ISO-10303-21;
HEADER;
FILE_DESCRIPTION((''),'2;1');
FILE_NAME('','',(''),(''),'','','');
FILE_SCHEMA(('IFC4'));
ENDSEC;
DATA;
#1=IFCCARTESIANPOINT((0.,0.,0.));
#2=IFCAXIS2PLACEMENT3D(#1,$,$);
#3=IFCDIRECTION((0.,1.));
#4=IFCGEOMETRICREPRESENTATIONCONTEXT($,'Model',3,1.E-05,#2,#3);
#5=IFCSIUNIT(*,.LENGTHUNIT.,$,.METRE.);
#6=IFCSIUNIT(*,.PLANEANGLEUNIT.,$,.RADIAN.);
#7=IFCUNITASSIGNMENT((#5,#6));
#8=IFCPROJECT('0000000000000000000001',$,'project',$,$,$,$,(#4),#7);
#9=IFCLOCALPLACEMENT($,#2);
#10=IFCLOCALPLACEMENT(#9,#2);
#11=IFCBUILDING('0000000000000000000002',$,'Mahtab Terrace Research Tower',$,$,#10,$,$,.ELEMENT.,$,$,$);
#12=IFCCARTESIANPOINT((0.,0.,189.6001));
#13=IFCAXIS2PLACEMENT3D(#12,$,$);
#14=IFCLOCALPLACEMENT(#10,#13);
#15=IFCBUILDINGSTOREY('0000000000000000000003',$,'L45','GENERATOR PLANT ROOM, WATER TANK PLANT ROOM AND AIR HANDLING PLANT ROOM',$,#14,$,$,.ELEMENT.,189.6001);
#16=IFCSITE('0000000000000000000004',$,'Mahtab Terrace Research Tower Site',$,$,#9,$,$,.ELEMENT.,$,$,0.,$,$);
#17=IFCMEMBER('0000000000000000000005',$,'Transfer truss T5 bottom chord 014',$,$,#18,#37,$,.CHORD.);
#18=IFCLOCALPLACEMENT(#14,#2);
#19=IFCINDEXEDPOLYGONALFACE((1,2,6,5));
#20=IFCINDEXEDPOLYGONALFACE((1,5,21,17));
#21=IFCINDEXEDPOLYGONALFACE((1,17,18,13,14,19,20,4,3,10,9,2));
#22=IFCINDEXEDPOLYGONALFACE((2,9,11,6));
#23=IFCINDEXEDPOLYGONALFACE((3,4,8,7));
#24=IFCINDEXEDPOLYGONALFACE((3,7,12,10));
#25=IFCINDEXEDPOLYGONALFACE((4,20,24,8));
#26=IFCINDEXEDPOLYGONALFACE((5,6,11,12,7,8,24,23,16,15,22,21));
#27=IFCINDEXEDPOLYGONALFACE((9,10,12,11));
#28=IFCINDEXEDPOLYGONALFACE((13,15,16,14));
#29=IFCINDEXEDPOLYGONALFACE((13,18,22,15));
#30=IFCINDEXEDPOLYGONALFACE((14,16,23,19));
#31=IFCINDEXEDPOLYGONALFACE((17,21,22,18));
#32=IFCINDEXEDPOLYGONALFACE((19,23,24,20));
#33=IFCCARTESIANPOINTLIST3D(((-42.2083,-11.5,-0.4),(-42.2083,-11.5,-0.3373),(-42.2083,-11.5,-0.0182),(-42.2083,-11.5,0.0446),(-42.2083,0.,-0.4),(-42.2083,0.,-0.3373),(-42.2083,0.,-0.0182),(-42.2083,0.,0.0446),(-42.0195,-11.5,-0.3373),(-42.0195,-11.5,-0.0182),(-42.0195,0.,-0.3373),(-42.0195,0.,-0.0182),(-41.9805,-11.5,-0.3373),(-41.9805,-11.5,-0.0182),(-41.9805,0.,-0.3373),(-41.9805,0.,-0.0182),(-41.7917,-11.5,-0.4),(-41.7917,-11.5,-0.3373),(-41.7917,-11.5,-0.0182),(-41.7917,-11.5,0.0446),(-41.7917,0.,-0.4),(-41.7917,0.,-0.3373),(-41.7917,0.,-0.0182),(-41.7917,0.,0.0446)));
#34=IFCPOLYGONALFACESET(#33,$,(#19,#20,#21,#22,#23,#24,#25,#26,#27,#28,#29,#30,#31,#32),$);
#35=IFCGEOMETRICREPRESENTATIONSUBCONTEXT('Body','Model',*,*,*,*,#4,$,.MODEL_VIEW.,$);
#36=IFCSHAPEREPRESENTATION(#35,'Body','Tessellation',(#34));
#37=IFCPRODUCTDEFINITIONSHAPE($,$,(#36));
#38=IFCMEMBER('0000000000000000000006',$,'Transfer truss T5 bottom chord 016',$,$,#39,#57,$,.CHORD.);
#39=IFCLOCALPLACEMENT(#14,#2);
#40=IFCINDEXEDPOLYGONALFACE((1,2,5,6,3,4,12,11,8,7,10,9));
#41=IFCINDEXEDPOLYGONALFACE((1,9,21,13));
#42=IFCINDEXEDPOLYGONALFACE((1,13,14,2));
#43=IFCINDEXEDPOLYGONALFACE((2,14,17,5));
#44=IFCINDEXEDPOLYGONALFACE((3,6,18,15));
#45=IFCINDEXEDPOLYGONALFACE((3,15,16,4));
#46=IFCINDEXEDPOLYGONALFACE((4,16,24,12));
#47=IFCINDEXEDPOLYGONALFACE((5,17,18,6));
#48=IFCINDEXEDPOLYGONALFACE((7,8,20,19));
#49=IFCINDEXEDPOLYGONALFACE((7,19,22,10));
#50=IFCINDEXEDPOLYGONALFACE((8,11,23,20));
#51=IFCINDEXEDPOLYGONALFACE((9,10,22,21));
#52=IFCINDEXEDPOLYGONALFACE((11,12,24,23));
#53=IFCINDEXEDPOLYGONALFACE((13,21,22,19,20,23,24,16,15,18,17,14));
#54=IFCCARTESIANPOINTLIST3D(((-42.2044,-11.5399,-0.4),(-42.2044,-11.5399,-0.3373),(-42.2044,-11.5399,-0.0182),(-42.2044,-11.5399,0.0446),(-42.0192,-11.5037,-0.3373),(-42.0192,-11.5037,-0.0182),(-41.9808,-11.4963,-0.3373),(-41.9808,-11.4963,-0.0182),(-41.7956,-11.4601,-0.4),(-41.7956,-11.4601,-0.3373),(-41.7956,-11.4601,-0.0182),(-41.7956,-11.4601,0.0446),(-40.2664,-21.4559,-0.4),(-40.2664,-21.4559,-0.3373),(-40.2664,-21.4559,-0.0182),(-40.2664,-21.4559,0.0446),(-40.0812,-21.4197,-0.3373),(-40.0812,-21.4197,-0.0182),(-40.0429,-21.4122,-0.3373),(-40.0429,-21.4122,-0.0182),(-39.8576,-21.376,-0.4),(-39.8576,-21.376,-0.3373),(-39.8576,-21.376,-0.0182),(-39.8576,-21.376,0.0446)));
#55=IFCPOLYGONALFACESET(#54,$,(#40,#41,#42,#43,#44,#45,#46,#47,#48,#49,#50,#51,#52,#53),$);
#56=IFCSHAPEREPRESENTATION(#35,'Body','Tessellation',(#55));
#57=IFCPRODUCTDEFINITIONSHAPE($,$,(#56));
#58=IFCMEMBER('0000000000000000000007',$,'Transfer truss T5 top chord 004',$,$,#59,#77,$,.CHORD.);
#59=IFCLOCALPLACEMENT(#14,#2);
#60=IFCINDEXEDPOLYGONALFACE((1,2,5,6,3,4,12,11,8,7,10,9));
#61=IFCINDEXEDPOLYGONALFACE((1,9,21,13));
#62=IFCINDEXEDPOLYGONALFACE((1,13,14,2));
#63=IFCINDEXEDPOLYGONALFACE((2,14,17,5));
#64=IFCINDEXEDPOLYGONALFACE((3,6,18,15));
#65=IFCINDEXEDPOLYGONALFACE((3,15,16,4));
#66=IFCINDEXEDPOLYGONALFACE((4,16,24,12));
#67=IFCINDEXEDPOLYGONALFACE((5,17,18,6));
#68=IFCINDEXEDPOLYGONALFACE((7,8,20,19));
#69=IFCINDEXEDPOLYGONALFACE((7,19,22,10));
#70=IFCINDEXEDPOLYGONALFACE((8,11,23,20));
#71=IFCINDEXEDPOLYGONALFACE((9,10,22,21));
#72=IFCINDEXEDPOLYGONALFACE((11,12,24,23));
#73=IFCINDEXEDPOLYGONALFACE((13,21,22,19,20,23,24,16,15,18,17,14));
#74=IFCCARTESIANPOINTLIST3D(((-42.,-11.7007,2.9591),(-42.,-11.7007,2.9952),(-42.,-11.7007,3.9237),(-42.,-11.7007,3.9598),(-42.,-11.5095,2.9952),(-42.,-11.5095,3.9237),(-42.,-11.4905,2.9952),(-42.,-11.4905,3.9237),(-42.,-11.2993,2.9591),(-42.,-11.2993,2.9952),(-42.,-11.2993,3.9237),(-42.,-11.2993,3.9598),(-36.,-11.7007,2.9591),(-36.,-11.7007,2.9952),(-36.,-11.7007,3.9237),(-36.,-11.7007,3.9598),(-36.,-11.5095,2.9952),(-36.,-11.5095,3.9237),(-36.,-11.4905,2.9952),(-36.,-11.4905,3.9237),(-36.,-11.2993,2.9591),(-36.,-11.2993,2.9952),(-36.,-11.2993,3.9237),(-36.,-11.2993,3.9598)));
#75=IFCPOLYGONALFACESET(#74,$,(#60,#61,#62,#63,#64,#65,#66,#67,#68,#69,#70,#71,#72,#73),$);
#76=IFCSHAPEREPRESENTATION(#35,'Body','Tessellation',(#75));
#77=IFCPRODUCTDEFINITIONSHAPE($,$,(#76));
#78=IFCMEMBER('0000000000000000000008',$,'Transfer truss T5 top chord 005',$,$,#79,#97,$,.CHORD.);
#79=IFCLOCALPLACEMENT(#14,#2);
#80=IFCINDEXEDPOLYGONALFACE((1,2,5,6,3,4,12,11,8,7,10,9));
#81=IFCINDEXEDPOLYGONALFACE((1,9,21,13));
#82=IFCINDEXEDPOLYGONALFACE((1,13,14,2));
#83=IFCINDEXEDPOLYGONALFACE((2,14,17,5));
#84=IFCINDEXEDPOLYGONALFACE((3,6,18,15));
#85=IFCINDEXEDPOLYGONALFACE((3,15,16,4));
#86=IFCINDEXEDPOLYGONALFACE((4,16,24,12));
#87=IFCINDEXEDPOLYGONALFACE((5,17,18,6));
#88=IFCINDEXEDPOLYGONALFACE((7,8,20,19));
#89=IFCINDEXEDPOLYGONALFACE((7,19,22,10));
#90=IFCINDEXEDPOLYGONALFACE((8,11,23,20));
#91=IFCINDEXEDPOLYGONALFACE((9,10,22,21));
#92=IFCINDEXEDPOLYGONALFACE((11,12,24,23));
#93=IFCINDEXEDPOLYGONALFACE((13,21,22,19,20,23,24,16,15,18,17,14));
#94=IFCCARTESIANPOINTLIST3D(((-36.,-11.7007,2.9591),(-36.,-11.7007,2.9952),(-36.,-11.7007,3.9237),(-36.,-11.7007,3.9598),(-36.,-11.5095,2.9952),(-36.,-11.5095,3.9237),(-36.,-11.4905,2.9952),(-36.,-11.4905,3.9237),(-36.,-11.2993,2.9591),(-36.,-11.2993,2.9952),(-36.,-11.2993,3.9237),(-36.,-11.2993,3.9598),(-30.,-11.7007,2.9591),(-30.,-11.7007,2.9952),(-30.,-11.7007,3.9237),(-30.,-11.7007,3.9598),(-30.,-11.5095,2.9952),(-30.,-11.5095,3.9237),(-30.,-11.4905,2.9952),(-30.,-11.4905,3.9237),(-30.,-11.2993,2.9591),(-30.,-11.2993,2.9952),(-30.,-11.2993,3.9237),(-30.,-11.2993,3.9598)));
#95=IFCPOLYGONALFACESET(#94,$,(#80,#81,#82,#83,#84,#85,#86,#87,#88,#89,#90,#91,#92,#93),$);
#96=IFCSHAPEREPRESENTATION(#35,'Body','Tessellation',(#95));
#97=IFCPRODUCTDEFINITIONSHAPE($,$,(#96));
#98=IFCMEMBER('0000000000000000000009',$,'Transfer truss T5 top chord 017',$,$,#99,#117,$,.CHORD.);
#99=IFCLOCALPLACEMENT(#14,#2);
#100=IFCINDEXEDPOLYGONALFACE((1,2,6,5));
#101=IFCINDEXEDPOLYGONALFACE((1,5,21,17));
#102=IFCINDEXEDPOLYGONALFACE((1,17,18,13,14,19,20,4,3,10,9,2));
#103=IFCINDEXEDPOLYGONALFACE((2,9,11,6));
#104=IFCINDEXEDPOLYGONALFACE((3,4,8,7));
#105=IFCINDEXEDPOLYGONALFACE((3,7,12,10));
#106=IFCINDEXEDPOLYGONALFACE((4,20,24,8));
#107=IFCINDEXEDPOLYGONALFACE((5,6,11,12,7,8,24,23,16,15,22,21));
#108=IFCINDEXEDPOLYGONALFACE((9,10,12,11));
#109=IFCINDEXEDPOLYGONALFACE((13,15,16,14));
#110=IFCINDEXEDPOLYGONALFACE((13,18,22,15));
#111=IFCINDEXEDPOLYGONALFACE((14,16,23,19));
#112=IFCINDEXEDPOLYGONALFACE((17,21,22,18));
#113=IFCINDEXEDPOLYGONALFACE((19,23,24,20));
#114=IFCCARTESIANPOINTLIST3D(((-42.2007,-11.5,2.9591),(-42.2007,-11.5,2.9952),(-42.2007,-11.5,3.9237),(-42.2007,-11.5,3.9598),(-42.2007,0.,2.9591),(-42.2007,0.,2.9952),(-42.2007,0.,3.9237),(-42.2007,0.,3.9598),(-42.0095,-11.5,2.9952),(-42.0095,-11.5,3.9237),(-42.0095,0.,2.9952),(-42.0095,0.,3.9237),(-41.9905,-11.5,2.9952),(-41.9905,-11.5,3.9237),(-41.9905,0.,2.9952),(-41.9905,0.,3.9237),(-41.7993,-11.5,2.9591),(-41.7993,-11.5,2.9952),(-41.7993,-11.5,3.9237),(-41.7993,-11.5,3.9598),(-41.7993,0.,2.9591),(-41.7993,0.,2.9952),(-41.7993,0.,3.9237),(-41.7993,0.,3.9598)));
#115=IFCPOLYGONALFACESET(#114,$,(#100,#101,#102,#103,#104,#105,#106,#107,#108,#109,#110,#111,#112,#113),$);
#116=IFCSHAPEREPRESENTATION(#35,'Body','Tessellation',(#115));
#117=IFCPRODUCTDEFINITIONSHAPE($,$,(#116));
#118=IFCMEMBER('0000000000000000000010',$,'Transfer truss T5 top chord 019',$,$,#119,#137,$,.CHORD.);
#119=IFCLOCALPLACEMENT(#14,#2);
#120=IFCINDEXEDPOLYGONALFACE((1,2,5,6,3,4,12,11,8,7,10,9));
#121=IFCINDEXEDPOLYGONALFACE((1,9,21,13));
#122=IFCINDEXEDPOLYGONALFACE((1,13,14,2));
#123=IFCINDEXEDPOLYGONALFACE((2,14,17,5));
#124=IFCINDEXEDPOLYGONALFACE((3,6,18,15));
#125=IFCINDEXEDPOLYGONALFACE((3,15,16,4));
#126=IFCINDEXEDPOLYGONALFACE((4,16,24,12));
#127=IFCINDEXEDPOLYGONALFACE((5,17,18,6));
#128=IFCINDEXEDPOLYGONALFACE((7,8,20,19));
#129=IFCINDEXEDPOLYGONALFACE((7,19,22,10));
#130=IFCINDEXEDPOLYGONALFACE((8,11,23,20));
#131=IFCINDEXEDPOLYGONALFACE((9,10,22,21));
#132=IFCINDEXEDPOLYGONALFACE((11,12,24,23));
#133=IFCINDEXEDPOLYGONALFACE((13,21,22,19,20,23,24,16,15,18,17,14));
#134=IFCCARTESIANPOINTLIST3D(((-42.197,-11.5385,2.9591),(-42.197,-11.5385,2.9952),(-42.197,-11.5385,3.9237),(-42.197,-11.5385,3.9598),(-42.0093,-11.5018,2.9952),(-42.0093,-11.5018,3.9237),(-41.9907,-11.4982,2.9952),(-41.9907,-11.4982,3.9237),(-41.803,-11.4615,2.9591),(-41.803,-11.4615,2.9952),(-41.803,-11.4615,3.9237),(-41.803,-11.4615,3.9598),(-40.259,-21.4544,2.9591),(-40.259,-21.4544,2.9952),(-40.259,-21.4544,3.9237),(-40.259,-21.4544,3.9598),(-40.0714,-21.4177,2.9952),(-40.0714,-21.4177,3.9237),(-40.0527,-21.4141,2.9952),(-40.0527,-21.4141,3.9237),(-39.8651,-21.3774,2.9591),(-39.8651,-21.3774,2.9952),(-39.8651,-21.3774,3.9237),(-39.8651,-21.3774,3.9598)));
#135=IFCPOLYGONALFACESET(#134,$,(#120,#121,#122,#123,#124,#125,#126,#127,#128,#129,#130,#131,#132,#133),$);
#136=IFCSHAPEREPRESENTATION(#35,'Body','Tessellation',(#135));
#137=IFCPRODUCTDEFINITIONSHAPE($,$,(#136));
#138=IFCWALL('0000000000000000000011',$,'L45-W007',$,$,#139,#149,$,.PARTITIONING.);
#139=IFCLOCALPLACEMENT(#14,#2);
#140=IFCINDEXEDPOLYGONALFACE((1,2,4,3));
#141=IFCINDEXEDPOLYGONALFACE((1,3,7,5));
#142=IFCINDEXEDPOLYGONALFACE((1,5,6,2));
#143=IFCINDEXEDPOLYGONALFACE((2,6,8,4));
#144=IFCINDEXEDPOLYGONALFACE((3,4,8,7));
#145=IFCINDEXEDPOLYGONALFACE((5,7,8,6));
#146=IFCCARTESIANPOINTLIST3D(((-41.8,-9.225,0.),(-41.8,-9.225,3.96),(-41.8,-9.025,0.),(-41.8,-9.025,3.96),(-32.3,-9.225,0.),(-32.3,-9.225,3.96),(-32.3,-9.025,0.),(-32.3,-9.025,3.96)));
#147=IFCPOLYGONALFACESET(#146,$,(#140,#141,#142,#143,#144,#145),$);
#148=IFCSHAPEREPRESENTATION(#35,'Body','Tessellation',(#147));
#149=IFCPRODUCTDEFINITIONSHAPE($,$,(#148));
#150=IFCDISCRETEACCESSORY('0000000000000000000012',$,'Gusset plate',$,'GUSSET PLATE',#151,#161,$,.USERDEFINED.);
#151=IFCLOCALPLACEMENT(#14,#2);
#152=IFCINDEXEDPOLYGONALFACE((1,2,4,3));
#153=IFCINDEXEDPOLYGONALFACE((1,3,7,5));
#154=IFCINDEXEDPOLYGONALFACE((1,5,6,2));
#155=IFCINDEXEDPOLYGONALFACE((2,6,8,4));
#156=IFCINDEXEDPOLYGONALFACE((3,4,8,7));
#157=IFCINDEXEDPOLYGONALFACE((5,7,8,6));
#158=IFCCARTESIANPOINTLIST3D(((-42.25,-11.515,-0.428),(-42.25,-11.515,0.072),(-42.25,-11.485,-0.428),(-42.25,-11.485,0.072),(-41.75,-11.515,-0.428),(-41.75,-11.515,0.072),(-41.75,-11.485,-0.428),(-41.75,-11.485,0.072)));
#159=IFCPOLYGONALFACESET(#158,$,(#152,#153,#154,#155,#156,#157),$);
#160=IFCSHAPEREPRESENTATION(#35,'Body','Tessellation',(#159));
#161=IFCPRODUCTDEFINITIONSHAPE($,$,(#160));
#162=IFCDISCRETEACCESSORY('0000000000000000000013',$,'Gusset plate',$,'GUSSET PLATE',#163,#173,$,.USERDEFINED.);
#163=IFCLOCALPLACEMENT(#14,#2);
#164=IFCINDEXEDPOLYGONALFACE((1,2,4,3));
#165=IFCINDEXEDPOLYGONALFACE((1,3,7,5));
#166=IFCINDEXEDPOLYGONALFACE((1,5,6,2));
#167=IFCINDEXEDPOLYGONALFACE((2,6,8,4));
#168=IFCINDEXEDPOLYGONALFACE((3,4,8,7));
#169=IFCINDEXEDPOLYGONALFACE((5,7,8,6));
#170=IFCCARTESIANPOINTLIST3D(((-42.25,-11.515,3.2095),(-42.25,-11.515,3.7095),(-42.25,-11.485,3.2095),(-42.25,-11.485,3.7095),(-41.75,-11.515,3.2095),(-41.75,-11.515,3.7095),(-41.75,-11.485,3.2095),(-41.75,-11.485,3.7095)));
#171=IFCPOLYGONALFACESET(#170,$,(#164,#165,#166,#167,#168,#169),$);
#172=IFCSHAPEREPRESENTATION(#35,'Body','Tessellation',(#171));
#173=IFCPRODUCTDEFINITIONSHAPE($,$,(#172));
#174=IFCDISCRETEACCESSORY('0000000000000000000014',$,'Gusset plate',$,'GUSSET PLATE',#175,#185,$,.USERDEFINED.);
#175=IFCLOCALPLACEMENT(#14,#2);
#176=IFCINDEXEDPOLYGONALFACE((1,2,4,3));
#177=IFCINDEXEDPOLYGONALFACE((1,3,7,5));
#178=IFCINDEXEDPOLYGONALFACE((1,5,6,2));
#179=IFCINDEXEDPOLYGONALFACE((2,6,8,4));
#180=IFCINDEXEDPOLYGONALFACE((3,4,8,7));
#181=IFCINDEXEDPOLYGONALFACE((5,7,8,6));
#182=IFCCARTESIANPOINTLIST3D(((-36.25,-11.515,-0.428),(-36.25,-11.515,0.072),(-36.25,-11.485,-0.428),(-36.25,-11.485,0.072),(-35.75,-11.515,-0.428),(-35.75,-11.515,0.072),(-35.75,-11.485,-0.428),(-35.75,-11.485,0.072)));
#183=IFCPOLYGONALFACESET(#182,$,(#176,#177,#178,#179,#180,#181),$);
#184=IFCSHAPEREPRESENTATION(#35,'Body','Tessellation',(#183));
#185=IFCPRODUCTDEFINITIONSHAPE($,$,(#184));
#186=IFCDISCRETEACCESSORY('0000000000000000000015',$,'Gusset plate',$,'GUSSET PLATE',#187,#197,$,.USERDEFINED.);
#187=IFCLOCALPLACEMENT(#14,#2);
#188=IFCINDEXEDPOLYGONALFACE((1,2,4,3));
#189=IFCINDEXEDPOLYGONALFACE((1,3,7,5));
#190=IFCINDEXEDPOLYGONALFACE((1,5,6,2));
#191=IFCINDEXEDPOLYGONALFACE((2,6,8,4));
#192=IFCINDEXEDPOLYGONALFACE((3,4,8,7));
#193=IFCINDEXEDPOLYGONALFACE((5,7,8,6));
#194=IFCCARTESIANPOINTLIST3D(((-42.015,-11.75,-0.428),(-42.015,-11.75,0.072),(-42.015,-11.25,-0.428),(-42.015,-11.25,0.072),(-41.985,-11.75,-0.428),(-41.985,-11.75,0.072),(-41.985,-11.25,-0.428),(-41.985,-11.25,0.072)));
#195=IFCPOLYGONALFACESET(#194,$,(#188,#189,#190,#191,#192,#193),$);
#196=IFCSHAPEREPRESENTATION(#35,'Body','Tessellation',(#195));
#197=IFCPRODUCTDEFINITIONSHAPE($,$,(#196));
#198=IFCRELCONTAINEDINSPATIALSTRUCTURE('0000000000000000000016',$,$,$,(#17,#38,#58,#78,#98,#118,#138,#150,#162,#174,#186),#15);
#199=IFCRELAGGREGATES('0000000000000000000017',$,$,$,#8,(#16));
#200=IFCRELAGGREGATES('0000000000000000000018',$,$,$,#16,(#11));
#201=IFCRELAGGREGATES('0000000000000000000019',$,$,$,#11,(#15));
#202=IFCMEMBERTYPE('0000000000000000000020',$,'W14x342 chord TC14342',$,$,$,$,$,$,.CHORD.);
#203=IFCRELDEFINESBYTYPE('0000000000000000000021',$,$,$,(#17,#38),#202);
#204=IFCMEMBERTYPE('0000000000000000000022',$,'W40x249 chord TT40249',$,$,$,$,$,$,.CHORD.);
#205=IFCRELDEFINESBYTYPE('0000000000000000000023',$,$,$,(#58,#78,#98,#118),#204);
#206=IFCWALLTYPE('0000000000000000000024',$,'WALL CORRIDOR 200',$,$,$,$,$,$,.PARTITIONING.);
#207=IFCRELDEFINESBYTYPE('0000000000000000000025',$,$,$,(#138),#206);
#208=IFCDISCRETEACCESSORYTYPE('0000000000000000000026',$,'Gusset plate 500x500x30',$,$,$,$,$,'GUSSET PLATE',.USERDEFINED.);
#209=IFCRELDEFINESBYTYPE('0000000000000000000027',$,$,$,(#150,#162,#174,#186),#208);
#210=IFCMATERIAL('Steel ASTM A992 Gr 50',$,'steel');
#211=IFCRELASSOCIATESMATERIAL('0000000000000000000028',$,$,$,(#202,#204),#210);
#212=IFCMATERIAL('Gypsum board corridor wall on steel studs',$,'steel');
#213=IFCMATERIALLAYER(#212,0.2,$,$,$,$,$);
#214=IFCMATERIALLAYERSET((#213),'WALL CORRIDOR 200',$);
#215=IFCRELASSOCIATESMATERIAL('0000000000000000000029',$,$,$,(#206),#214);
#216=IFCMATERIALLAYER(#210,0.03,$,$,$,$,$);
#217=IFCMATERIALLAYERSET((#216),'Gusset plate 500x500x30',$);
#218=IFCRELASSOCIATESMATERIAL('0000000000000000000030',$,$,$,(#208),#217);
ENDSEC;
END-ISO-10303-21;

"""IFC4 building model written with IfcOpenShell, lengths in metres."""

from ifc_helpers import new_model, si_unit, direction, frame, frame_2d, origin, origin_2d, place, context, subcontext, project, spatial, rectangle, i_section, extrude, material, layer, layer_set, material_profile, profile_set, type_object, element, save


model = new_model("IFC4")

# Units and contexts
model_context = context("Model", 3, precision=1e-05, world=origin(), true_north=direction((0.0, 1.0)))
body_context = subcontext(model_context, "Body", "Model", "MODEL_VIEW")
ifc_project = project(units=[si_unit("LENGTHUNIT", "METRE"), si_unit("PLANEANGLEUNIT", "RADIAN")], contexts=[model_context])

# Site, building, storey
site_placement = place(None, origin())
site = spatial("IfcSite", under=ifc_project, at=site_placement, Name="Mahtab Terrace Research Tower Site", CompositionType="ELEMENT", RefElevation=0.0)
building_placement = place(site_placement, origin())
building = spatial("IfcBuilding", under=site, at=building_placement, Name="Mahtab Terrace Research Tower", CompositionType="ELEMENT")
storey_placement = place(building_placement, frame((0.0, 0.0, 189.6001)))
storey = spatial("IfcBuildingStorey", under=building, at=storey_placement, Name="L45", Description="GENERATOR PLANT ROOM, WATER TANK PLANT ROOM AND AIR HANDLING PLANT ROOM", CompositionType="ELEMENT", Elevation=189.6001)

# Members
ifc_material_1 = material(Name="Steel ASTM A992 Gr 50", Category="steel")
ifc_material_profile_1 = material_profile(ifc_material_1, i_section(OverallWidth=0.4165, OverallDepth=0.4446, WebThickness=0.0391, FlangeThickness=0.0627, at=origin_2d()), Name="W14X342")
ifc_profile_set_1 = profile_set([ifc_material_profile_1], Name="Steel ASTM A992 Gr 50")
member_type_1 = type_object("IfcMemberType", Name="W14x342 chord TC14342", PredefinedType="CHORD", material=ifc_profile_set_1)
member_1_placement = place(storey_placement, frame((-42.0, -11.5, -0.1777), z_axis=(0.0, 1.0, 0.0), x_axis=(-1.0, 0.0, 0.0)))
element("IfcMember", 1, at=member_1_placement, inside=storey, type_object=member_type_1, Name="Transfer truss T5 bottom chord 014", PredefinedType="CHORD", context=body_context, shape_type="SweptSolid", body=[
    extrude(i_section(OverallWidth=0.4165, OverallDepth=0.4446, WebThickness=0.0391, FlangeThickness=0.0627, at=origin_2d()), origin(), (0.0, 0.0, 1.0), 11.5),
])
member_2_placement = place(storey_placement, frame((-42.0, -11.5, -0.1777), z_axis=(0.191811, -0.981432, 0.0), x_axis=(0.981432, 0.191811, 0.0)))
element("IfcMember", 2, at=member_2_placement, inside=storey, type_object=member_type_1, Name="Transfer truss T5 bottom chord 016", PredefinedType="CHORD", context=body_context, shape_type="SweptSolid", body=[
    extrude(i_section(OverallWidth=0.4165, OverallDepth=0.4446, WebThickness=0.0391, FlangeThickness=0.0627, at=origin_2d()), origin(), (0.0, 0.0, 1.0), 10.1035),
])
ifc_material_profile_2 = material_profile(ifc_material_1, i_section(OverallWidth=0.4014, OverallDepth=1.0007, WebThickness=0.019, FlangeThickness=0.0361, at=origin_2d()), Name="W40X249")
ifc_profile_set_2 = profile_set([ifc_material_profile_2], Name="Steel ASTM A992 Gr 50")
member_type_2 = type_object("IfcMemberType", Name="W40x249 chord TT40249", PredefinedType="CHORD", material=ifc_profile_set_2)
for number, where, z_axis, x_axis, name in (
    (3, (-42.0, -11.5, 3.4595), (1.0, 0.0, 0.0), (0.0, 1.0, 0.0), "Transfer truss T5 top chord 004"),
    (4, (-36.0, -11.5, 3.4595), (1.0, 0.0, 0.0), (0.0, 1.0, 0.0), "Transfer truss T5 top chord 005"),
):
    element("IfcMember", number, at=place(storey_placement, frame(where, z_axis=z_axis, x_axis=x_axis)), inside=storey, type_object=member_type_2, Name=name, PredefinedType="CHORD", context=body_context, shape_type="SweptSolid", body=[
        extrude(i_section(OverallWidth=0.4014, OverallDepth=1.0007, WebThickness=0.019, FlangeThickness=0.0361, at=origin_2d()), origin(), (0.0, 0.0, 1.0), 6.0),
    ])
member_3_placement = place(storey_placement, frame((-42.0, -11.5, 3.4595), z_axis=(0.0, 1.0, 0.0), x_axis=(-1.0, 0.0, 0.0)))
element("IfcMember", 5, at=member_3_placement, inside=storey, type_object=member_type_2, Name="Transfer truss T5 top chord 017", PredefinedType="CHORD", context=body_context, shape_type="SweptSolid", body=[
    extrude(i_section(OverallWidth=0.4014, OverallDepth=1.0007, WebThickness=0.019, FlangeThickness=0.0361, at=origin_2d()), origin(), (0.0, 0.0, 1.0), 11.5),
])
member_4_placement = place(storey_placement, frame((-42.0, -11.5, 3.4595), z_axis=(0.191811, -0.981432, 0.0), x_axis=(0.981432, 0.191811, 0.0)))
element("IfcMember", 6, at=member_4_placement, inside=storey, type_object=member_type_2, Name="Transfer truss T5 top chord 019", PredefinedType="CHORD", context=body_context, shape_type="SweptSolid", body=[
    extrude(i_section(OverallWidth=0.4014, OverallDepth=1.0007, WebThickness=0.019, FlangeThickness=0.0361, at=origin_2d()), origin(), (0.0, 0.0, 1.0), 10.1035),
])

# Wall
ifc_material_2 = material(Name="Gypsum board corridor wall on steel studs", Category="steel")
ifc_layer_1 = layer(ifc_material_2, 0.2)
ifc_layer_set_1 = layer_set([ifc_layer_1], Name="WALL CORRIDOR 200")
wall_type = type_object("IfcWallType", Name="WALL CORRIDOR 200", PredefinedType="PARTITIONING", material=ifc_layer_set_1)
wall_placement = place(storey_placement, frame((-41.8, -9.125, 0.0), z_axis=(0.0, 0.0, 1.0), x_axis=(1.0, 0.0, 0.0)))
element("IfcWall", 7, at=wall_placement, inside=storey, type_object=wall_type, Name="L45-W007", PredefinedType="PARTITIONING", context=body_context, shape_type="SweptSolid", body=[
    extrude(rectangle(XDim=9.5, YDim=0.2, at=frame_2d((4.75, 0.0))), origin(), (0.0, 0.0, 1.0), 3.96),
])

# Discrete accessories
ifc_layer_2 = layer(ifc_material_1, 0.03)
ifc_layer_set_2 = layer_set([ifc_layer_2], Name="Gusset plate 500x500x30")
discrete_accessory_type = type_object("IfcDiscreteAccessoryType", Name="Gusset plate 500x500x30", ElementType="GUSSET PLATE", PredefinedType="USERDEFINED", material=ifc_layer_set_2)
for number, where, z_axis, x_axis, name in (
    (8, (-42.0, -11.5, -0.428), (0.0, 0.0, 1.0), (1.0, 0.0, 0.0), "Gusset plate"),
    (9, (-42.0, -11.5, 3.2095), (0.0, 0.0, 1.0), (1.0, 0.0, 0.0), "Gusset plate"),
    (10, (-36.0, -11.5, -0.428), (0.0, 0.0, 1.0), (1.0, 0.0, 0.0), "Gusset plate"),
    (11, (-42.0, -11.5, -0.428), (0.0, 0.0, 1.0), (0.0, 1.0, 0.0), "Gusset plate"),
):
    element("IfcDiscreteAccessory", number, at=place(storey_placement, frame(where, z_axis=z_axis, x_axis=x_axis)), inside=storey, type_object=discrete_accessory_type, Name=name, ObjectType="GUSSET PLATE", PredefinedType="USERDEFINED", context=body_context, shape_type="SweptSolid", body=[
        extrude(rectangle(XDim=0.5, YDim=0.03, at=origin_2d()), origin(), (0.0, 0.0, 1.0), 0.5),
    ])

save(model, "model.ifc")
